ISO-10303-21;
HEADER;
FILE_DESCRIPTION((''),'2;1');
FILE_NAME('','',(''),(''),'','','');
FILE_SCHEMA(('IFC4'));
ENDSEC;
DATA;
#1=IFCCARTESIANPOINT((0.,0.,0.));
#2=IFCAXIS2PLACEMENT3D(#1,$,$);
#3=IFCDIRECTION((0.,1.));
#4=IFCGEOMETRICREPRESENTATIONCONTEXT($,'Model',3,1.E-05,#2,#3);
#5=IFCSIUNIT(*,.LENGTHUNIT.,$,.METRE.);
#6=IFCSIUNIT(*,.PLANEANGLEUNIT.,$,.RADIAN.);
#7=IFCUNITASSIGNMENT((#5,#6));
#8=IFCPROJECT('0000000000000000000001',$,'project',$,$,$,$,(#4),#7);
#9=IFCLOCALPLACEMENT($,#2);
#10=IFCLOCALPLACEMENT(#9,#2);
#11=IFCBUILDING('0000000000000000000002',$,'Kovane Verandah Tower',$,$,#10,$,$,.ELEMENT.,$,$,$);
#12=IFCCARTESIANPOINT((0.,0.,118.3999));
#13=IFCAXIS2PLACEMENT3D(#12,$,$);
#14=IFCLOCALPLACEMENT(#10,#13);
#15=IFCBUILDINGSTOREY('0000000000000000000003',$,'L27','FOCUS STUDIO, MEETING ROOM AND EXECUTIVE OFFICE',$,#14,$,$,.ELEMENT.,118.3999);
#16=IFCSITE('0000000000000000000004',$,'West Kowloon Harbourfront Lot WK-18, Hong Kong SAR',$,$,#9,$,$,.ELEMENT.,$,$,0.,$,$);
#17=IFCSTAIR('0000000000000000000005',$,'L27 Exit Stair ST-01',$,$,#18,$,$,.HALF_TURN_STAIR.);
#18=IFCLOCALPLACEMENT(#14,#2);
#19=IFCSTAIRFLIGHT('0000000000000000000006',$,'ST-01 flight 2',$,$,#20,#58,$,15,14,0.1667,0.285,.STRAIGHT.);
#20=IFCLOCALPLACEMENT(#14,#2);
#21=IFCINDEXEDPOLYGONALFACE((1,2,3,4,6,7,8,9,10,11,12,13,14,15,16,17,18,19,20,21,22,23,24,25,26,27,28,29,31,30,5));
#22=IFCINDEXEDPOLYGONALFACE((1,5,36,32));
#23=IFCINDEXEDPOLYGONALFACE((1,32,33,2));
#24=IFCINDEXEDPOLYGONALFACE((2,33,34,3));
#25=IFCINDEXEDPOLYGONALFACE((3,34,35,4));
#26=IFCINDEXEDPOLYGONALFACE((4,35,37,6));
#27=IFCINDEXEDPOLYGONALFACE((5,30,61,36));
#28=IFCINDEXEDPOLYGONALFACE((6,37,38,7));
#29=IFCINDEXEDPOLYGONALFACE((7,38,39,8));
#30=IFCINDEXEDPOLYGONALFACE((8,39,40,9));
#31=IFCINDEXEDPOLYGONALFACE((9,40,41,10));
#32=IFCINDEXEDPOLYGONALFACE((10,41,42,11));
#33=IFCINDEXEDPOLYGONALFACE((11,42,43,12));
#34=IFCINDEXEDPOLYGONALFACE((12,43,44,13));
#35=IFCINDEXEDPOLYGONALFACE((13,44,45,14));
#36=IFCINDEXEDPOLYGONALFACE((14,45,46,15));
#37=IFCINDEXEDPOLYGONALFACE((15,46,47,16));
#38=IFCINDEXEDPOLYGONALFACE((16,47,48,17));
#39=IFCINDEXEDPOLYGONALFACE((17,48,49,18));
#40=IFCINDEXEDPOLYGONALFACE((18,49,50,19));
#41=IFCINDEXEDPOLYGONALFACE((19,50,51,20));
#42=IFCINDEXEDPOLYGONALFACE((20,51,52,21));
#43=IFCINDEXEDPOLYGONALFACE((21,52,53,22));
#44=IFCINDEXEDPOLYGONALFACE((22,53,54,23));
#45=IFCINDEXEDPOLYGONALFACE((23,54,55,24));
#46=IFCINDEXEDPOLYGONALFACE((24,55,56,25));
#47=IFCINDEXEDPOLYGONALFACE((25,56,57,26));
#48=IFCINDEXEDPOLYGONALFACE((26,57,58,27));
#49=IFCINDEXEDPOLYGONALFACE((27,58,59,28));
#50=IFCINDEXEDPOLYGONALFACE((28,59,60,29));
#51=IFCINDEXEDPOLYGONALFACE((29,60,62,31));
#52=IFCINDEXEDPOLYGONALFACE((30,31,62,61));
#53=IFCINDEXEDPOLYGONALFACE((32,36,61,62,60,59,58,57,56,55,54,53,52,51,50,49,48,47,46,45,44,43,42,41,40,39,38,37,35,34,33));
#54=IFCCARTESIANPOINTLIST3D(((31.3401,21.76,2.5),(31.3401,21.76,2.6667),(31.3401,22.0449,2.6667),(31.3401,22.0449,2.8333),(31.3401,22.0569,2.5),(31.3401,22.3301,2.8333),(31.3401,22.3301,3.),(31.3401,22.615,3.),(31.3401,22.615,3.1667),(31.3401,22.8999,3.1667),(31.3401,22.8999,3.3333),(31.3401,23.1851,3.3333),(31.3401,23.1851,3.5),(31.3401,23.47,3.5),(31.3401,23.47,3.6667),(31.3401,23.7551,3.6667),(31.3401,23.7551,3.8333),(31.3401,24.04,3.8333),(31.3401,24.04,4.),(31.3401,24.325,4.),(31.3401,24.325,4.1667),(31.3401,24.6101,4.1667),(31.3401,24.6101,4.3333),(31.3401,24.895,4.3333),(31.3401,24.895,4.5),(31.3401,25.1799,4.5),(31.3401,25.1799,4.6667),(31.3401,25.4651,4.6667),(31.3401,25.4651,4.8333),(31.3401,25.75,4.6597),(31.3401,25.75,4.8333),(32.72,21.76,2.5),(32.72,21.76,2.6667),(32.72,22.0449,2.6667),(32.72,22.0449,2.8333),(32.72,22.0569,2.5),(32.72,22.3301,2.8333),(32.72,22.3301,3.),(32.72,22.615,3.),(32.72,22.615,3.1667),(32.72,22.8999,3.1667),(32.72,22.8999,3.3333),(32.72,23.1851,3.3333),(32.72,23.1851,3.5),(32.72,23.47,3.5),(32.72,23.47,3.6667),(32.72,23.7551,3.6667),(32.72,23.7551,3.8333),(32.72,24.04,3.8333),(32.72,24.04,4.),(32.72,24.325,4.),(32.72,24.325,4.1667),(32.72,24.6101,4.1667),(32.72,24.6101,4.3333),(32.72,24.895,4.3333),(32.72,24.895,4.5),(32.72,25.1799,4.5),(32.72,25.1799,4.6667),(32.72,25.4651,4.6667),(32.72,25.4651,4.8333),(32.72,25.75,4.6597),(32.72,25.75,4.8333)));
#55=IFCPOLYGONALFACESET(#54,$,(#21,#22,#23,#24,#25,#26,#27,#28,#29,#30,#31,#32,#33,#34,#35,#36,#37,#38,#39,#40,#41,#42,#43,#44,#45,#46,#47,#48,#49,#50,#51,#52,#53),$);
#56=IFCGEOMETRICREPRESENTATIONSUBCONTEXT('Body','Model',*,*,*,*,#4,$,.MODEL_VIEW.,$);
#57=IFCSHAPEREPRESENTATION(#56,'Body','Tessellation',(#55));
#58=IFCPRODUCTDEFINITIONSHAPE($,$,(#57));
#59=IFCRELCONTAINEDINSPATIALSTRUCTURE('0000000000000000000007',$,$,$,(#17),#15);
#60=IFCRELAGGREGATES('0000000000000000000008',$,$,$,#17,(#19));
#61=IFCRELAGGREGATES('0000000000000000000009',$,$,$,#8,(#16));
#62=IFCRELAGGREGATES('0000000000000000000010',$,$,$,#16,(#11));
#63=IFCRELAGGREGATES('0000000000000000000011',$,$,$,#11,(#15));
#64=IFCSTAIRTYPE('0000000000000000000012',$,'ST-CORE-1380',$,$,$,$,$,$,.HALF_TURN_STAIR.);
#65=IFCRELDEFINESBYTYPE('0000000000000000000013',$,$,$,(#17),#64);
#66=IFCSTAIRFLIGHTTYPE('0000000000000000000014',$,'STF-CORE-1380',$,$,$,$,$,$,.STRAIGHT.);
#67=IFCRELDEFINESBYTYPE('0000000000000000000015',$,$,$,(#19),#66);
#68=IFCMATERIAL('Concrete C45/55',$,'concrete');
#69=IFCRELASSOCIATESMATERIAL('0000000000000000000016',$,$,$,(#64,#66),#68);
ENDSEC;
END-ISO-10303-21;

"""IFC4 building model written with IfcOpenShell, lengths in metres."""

from ifc_helpers import new_model, si_unit, direction, frame, origin, place, context, subcontext, project, spatial, polyline, outline, extrude, material, type_object, element, aggregate, save


model = new_model("IFC4")

# Units and contexts
model_context = context("Model", 3, precision=1e-05, world=origin(), true_north=direction((0.0, 1.0)))
body_context = subcontext(model_context, "Body", "Model", "MODEL_VIEW")
ifc_project = project(units=[si_unit("LENGTHUNIT", "METRE"), si_unit("PLANEANGLEUNIT", "RADIAN")], contexts=[model_context])

# Site, building, storey
site_placement = place(None, origin())
site = spatial("IfcSite", under=ifc_project, at=site_placement, Name="West Kowloon Harbourfront Lot WK-18, Hong Kong SAR", CompositionType="ELEMENT", RefElevation=0.0)
building_placement = place(site_placement, origin())
building = spatial("IfcBuilding", under=site, at=building_placement, Name="Kovane Verandah Tower", CompositionType="ELEMENT")
storey_placement = place(building_placement, frame((0.0, 0.0, 118.3999)))
storey = spatial("IfcBuildingStorey", under=building, at=storey_placement, Name="L27", Description="FOCUS STUDIO, MEETING ROOM AND EXECUTIVE OFFICE", CompositionType="ELEMENT", Elevation=118.3999)

# Stair, stair flight
ifc_material_1 = material(Name="Concrete C45/55", Category="concrete")
stair_type = type_object("IfcStairType", Name="ST-CORE-1380", PredefinedType="HALF_TURN_STAIR", material=ifc_material_1)
stair_placement = place(storey_placement, origin())
stair = element("IfcStair", 1, at=stair_placement, inside=storey, type_object=stair_type, Name="L27 Exit Stair ST-01", PredefinedType="HALF_TURN_STAIR")
stair_flight_type = type_object("IfcStairFlightType", Name="STF-CORE-1380", PredefinedType="STRAIGHT", material=ifc_material_1)
stair_flight_placement = place(storey_placement, frame((32.03, 21.76, 2.5), z_axis=(0.0, 0.0, 1.0), x_axis=(0.0, 1.0, 0.0)))
stair_flight = element("IfcStairFlight", 2, at=stair_flight_placement, type_object=stair_flight_type, Name="ST-01 flight 2", NumberOfRisers=15, NumberOfTreads=14, PredefinedType="STRAIGHT", RiserHeight=0.1667, TreadLength=0.285, context=body_context, shape_type="SweptSolid", body=[
    extrude(outline(polyline([(0.0, 0.0), (0.0, 0.1667), (0.2849, 0.1667), (0.2849, 0.3333), (0.5701, 0.3333), (0.5701, 0.5), (0.855, 0.5), (0.855, 0.6667), (1.1399, 0.6667), (1.1399, 0.8333), (1.425, 0.8333), (1.425, 1.0), (1.71, 1.0), (1.71, 1.1667), (1.9951, 1.1667), (1.9951, 1.3333), (2.28, 1.3333), (2.28, 1.5), (2.5649, 1.5), (2.5649, 1.6667), (2.8501, 1.6667), (2.8501, 1.8333), (3.135, 1.8333), (3.135, 2.0), (3.4199, 2.0), (3.4199, 2.1667), (3.7051, 2.1667), (3.7051, 2.3333), (3.99, 2.3333), (3.99, 2.5), (3.99, 2.1597), (0.2969, 0.0), (0.0, 0.0)])), frame((0.0, 0.6899, 0.0), z_axis=(0.0, -1.0, 0.0), x_axis=(1.0, 0.0, 0.0)), (0.0, 0.0, 1.0), 1.3799),
])
aggregate(stair, [stair_flight])

save(model, "model.ifc")
